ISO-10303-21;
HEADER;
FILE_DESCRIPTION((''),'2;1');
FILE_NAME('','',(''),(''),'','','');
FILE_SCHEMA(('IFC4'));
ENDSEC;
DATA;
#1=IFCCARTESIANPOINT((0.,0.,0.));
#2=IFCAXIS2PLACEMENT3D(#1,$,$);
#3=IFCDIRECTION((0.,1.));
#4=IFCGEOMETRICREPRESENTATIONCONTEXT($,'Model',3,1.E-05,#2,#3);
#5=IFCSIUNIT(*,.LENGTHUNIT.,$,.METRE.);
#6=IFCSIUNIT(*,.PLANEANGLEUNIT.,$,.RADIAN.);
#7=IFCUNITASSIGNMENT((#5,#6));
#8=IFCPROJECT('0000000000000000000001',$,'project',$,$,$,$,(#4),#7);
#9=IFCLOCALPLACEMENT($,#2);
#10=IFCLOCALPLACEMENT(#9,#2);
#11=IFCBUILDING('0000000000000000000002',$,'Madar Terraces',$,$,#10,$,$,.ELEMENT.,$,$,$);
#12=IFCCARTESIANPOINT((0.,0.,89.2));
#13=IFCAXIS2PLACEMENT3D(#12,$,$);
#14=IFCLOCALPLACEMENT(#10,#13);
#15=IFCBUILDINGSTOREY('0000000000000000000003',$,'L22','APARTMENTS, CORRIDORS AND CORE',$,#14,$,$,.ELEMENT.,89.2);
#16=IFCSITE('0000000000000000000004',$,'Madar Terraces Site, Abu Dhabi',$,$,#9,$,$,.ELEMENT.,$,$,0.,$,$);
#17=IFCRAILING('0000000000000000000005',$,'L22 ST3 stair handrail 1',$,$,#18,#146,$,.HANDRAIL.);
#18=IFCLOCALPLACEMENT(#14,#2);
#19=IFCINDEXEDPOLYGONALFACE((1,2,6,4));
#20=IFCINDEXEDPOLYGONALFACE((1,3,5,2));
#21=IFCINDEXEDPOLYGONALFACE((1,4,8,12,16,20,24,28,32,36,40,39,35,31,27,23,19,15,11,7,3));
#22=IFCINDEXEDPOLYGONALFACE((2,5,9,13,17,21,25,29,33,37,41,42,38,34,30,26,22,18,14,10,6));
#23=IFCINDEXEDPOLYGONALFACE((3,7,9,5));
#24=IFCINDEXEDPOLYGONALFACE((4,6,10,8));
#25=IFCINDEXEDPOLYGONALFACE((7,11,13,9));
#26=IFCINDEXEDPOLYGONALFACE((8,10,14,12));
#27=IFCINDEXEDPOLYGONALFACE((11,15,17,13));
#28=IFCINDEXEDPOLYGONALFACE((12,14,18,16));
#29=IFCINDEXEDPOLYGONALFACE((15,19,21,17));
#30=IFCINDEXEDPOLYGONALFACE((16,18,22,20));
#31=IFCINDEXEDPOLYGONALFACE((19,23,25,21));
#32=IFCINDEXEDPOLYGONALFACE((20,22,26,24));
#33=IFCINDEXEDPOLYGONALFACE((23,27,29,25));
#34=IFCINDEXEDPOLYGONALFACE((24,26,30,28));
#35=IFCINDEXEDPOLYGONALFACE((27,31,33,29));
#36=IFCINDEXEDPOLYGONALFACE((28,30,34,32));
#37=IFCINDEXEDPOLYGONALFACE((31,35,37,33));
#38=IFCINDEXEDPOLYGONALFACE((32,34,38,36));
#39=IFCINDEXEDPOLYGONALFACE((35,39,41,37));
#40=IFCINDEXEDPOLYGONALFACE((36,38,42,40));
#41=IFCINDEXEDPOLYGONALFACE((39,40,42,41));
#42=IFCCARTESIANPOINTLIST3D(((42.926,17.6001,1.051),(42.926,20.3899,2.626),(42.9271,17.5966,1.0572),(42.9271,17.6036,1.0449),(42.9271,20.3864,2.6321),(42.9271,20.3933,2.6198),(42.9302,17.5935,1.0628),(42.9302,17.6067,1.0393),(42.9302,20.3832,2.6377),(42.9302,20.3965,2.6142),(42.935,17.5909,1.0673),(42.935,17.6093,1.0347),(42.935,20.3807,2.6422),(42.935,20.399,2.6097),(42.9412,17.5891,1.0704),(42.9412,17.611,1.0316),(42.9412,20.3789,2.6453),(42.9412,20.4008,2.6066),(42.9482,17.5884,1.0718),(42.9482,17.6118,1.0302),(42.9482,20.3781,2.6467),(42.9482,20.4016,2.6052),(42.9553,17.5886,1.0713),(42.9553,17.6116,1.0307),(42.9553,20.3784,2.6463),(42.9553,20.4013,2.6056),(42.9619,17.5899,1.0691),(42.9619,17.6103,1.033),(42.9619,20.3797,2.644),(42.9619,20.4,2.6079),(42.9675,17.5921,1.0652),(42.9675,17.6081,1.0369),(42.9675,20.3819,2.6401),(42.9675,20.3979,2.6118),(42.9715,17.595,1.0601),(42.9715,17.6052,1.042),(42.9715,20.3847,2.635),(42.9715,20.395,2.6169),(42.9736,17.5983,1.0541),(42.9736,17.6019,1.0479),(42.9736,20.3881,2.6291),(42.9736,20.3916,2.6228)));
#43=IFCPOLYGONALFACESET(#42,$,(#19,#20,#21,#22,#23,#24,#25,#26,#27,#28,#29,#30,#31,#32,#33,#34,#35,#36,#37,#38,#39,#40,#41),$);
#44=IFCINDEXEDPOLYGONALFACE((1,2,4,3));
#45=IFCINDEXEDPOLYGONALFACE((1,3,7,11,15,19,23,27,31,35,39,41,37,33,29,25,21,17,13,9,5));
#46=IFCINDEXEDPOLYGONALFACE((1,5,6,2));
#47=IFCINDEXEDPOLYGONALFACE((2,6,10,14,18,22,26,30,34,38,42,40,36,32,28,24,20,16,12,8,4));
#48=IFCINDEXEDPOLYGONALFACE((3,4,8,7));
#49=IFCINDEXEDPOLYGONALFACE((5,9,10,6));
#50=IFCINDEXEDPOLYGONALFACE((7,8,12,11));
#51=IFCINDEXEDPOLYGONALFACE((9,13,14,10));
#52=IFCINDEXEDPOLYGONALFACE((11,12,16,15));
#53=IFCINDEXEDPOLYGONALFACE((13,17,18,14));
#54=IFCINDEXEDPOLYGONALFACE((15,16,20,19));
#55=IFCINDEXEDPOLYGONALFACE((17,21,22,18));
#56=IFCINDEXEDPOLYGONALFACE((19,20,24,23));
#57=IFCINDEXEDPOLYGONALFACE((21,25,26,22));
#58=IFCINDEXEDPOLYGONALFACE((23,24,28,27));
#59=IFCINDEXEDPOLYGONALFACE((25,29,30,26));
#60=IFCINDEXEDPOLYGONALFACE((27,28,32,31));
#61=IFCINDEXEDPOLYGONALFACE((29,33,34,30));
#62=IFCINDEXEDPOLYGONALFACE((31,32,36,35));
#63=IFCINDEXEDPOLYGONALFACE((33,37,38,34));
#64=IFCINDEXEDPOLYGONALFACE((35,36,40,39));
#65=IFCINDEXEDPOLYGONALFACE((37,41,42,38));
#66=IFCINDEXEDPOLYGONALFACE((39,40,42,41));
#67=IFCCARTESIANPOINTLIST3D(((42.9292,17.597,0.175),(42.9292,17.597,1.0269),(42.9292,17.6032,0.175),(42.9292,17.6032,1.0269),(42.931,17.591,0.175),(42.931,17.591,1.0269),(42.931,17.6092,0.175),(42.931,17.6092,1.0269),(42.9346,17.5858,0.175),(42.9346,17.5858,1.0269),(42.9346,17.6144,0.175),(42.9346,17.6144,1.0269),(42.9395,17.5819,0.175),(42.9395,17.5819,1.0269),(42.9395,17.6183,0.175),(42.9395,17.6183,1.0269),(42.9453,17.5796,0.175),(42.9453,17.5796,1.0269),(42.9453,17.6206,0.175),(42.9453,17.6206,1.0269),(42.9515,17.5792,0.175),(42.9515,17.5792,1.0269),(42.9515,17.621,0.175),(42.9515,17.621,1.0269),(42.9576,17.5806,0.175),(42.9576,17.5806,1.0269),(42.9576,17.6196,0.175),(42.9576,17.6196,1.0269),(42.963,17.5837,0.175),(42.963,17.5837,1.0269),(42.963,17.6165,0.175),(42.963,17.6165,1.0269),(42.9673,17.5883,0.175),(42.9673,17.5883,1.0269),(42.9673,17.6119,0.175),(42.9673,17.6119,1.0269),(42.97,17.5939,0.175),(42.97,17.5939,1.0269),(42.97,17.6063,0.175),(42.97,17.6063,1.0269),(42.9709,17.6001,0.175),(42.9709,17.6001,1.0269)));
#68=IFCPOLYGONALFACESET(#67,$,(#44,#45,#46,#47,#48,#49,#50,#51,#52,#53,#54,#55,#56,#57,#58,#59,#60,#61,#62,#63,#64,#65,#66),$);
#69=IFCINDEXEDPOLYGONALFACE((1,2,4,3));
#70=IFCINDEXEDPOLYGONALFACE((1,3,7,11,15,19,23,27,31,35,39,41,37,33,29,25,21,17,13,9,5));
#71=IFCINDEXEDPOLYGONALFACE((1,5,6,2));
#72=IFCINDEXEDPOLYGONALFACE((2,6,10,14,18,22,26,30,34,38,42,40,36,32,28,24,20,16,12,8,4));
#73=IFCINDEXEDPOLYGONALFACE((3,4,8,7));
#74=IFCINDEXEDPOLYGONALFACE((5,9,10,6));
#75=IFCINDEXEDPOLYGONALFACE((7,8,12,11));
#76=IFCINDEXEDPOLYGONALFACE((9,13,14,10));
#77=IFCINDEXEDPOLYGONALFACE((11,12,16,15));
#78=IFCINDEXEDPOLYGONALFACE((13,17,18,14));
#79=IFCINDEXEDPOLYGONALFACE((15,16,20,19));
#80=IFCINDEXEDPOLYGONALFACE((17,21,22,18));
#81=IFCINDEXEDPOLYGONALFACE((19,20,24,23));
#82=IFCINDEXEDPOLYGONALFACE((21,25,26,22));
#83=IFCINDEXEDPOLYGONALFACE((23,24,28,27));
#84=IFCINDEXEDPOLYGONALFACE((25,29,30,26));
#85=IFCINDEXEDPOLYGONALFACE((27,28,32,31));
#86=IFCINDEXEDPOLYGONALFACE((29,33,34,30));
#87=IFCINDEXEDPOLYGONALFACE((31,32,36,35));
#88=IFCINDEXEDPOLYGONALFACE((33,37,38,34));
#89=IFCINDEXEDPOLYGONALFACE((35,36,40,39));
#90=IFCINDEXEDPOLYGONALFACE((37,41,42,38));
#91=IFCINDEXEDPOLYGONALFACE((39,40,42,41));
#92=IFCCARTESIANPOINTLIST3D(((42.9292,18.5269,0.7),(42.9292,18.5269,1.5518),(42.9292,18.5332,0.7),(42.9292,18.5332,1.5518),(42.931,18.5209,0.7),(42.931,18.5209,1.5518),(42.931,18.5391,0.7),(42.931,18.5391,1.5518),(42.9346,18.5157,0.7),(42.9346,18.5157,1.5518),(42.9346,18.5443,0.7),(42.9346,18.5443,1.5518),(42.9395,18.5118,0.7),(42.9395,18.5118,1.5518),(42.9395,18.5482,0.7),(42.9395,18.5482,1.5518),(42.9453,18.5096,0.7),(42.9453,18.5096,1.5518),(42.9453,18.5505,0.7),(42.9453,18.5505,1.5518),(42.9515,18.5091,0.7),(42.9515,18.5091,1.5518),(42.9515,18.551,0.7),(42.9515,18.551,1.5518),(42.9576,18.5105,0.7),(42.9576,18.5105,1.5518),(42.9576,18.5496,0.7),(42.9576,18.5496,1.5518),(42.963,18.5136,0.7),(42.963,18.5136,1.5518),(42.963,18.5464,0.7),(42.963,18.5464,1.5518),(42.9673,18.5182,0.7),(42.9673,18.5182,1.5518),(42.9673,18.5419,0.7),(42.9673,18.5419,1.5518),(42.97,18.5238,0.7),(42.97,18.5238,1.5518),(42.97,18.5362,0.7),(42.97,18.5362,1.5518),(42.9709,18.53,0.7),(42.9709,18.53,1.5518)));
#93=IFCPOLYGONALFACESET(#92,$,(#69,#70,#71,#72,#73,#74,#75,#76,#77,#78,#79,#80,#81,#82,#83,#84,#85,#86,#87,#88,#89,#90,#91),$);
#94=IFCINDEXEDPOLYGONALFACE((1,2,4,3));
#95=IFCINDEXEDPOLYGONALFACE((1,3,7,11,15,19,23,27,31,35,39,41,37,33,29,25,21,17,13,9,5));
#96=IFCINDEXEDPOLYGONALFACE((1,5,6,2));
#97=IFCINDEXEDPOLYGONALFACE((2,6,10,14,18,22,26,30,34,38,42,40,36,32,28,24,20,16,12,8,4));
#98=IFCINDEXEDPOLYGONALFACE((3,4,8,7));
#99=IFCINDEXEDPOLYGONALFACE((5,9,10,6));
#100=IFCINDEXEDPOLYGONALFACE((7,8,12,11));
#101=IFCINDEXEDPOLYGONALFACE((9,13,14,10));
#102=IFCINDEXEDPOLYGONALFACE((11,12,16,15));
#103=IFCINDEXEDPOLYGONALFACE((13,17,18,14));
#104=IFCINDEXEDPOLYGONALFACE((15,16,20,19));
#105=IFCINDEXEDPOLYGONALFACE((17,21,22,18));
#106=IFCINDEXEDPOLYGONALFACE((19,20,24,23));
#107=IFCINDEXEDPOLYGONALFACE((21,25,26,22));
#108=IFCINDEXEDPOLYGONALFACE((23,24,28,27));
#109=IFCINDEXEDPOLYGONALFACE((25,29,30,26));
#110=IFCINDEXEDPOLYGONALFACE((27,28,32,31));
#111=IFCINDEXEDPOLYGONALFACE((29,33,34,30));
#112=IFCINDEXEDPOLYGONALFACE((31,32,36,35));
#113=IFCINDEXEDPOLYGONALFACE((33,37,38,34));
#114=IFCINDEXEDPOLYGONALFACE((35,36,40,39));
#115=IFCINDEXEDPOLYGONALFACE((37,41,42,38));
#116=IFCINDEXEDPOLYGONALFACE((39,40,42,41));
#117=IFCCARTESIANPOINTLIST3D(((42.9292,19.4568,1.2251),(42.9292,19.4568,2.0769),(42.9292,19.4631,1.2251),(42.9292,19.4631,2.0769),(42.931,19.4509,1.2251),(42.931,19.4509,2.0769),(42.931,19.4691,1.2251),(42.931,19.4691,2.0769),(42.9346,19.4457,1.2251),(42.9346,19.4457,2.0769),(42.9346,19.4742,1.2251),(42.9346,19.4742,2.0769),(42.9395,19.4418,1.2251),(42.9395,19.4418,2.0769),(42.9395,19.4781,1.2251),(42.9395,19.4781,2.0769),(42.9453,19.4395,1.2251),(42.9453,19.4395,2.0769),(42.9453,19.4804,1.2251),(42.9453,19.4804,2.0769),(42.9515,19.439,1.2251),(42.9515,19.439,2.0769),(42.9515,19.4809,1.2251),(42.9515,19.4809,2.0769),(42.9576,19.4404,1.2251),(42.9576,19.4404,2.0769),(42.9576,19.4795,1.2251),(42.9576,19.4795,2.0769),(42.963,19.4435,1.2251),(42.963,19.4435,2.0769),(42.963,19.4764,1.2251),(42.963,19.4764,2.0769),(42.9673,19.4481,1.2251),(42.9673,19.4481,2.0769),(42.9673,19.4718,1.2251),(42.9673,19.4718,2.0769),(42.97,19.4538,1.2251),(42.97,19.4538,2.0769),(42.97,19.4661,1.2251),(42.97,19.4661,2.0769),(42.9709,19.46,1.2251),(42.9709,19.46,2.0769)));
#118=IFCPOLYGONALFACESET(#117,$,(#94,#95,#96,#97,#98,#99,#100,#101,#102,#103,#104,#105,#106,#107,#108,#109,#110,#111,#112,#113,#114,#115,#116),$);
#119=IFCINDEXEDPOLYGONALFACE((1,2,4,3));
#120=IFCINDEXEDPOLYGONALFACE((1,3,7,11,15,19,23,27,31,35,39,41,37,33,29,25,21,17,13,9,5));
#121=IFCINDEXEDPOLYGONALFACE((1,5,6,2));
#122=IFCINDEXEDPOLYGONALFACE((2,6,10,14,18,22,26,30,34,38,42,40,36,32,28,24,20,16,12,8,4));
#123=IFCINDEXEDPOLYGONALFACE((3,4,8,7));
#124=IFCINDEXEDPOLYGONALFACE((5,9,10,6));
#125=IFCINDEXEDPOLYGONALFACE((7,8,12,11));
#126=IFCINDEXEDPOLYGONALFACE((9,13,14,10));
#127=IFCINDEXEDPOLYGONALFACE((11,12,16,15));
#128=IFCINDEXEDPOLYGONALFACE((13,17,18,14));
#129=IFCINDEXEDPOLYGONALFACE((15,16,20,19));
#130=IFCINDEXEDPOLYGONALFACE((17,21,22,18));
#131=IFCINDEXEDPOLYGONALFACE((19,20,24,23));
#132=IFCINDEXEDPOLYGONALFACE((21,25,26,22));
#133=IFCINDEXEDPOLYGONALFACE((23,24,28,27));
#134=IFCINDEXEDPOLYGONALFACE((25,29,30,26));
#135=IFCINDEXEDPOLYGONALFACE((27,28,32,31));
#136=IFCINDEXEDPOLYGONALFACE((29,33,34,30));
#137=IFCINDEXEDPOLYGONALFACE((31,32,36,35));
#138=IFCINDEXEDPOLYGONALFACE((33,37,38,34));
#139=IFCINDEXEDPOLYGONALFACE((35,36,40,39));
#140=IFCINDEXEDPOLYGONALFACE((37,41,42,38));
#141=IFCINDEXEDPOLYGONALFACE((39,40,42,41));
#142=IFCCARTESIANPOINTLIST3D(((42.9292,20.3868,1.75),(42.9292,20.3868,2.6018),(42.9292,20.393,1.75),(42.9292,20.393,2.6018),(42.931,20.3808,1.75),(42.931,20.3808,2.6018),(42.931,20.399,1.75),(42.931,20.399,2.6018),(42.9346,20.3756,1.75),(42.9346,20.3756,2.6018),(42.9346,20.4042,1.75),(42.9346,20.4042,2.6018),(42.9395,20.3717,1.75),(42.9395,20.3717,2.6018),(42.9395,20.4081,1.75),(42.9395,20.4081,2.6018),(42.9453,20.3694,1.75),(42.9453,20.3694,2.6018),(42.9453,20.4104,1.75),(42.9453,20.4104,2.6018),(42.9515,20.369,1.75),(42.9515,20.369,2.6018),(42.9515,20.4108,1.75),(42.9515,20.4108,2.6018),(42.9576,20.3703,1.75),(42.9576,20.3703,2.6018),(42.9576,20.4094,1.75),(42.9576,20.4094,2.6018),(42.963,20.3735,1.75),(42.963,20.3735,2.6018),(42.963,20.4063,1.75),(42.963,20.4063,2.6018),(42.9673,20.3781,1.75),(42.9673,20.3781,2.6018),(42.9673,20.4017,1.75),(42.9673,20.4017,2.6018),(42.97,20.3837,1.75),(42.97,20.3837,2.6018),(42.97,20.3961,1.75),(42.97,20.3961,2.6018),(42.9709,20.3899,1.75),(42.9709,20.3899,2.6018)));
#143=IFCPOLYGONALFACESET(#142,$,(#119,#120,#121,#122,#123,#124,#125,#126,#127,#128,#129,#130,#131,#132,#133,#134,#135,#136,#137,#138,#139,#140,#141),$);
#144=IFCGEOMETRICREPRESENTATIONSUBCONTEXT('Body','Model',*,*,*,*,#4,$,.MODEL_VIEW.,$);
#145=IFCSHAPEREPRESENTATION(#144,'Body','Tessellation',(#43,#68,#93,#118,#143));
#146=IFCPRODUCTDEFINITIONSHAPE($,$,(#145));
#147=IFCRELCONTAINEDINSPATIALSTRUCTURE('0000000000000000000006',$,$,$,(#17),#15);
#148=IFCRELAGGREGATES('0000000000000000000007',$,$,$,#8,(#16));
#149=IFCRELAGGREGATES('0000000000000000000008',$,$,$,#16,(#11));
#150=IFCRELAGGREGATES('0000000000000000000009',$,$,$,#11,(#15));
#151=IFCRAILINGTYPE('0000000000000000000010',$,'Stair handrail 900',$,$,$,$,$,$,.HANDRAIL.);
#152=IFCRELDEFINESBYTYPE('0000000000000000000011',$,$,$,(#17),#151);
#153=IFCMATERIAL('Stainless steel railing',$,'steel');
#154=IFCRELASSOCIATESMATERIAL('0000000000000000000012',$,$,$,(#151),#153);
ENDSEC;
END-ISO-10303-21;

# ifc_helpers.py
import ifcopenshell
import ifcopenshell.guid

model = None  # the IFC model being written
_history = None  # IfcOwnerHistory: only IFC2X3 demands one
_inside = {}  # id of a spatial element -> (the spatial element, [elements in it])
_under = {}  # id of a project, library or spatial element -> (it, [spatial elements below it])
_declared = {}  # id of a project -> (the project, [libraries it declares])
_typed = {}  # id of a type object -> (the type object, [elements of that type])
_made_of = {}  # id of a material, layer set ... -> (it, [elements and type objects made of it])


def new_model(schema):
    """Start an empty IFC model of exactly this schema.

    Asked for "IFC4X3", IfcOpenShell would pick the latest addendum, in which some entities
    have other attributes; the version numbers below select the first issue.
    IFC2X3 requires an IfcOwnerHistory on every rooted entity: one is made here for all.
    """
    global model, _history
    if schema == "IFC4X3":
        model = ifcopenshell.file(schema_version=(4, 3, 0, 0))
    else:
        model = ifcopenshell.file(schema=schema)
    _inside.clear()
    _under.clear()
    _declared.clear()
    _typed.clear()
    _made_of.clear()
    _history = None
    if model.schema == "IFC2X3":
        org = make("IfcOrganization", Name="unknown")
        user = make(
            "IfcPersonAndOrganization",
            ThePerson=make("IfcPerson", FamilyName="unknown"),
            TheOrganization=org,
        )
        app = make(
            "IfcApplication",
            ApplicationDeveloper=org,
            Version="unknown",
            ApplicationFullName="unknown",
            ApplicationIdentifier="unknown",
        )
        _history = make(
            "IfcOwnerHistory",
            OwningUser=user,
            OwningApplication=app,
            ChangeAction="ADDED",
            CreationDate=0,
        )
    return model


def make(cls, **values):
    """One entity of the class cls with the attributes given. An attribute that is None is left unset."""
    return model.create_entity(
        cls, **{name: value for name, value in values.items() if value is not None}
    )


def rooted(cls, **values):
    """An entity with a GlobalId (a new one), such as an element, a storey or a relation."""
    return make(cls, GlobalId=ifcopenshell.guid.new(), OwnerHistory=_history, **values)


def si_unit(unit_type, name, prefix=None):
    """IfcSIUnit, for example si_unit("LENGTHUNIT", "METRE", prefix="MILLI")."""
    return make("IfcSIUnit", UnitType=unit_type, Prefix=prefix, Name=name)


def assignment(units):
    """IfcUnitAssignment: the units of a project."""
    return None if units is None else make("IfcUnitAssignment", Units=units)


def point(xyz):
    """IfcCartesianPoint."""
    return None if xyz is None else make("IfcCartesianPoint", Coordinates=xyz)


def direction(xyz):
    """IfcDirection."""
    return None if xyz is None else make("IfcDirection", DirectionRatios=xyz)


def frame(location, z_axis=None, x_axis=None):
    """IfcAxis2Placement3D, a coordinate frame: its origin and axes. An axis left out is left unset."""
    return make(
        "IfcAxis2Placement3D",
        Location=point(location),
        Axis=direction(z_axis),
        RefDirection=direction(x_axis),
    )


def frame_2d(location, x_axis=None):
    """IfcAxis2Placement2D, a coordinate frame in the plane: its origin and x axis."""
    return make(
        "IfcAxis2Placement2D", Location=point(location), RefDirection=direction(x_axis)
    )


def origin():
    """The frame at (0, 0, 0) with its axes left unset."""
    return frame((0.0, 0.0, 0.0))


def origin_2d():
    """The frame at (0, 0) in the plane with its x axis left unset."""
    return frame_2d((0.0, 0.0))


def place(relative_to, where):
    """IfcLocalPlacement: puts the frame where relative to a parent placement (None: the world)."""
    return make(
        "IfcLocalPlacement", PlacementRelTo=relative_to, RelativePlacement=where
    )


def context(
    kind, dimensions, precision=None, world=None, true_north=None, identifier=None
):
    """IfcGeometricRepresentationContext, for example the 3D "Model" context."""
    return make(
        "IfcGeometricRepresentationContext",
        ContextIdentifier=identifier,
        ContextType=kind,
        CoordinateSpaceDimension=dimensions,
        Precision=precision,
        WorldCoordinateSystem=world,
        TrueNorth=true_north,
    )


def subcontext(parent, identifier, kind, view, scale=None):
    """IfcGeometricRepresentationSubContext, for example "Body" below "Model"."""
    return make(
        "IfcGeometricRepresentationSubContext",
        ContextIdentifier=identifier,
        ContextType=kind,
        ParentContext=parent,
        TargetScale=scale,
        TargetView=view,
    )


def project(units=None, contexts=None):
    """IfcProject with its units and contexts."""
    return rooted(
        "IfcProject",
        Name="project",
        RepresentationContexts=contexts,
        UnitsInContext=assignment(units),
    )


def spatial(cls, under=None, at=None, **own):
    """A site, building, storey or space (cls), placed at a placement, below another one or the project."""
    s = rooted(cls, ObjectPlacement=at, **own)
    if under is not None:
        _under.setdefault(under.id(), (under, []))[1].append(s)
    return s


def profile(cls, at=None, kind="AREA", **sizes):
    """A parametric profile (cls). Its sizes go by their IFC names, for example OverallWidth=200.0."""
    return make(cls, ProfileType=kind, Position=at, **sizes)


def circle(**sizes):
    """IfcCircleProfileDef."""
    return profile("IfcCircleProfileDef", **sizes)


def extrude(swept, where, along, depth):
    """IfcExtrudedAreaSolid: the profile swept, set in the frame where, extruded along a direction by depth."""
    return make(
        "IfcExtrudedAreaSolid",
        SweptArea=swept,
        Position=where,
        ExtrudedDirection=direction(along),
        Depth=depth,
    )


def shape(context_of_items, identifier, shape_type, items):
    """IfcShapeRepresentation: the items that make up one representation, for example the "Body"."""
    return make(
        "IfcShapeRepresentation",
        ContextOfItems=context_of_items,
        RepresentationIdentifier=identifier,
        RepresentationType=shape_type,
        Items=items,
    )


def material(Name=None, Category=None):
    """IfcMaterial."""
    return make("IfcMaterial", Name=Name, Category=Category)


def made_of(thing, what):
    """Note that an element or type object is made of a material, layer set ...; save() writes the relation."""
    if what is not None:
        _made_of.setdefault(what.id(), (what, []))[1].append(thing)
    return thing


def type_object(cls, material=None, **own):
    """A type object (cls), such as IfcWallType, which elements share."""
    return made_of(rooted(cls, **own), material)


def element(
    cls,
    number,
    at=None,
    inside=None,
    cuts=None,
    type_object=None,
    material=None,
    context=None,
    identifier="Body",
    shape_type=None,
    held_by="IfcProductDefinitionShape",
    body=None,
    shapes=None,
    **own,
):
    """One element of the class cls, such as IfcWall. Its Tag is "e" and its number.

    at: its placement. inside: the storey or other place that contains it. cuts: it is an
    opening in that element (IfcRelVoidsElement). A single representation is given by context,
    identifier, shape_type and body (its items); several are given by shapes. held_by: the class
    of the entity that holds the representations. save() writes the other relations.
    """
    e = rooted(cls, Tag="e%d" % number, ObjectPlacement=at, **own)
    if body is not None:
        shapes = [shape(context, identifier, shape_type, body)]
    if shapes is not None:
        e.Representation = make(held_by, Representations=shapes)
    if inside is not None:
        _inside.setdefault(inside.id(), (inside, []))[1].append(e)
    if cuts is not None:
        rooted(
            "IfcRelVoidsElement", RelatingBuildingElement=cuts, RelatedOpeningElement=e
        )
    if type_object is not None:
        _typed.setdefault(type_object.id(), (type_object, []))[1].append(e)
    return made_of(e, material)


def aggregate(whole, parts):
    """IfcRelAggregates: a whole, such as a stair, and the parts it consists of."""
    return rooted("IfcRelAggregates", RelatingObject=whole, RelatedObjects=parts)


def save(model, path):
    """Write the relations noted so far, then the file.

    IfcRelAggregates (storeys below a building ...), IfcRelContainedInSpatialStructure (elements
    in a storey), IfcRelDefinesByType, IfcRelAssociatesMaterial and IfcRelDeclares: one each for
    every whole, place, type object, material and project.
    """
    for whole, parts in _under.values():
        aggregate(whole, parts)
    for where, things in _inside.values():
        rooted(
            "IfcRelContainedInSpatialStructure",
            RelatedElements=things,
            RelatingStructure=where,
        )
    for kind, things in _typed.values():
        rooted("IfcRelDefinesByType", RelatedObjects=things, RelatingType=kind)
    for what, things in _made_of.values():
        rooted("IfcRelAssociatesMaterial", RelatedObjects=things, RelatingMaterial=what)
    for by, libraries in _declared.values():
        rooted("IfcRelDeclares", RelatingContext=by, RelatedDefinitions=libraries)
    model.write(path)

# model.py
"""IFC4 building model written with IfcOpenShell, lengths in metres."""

from ifc_helpers import new_model, si_unit, direction, frame, origin, origin_2d, place, context, subcontext, project, spatial, circle, extrude, material, type_object, element, save


model = new_model("IFC4")

# Units and contexts
model_context = context("Model", 3, precision=1e-05, world=origin(), true_north=direction((0.0, 1.0)))
body_context = subcontext(model_context, "Body", "Model", "MODEL_VIEW")
ifc_project = project(units=[si_unit("LENGTHUNIT", "METRE"), si_unit("PLANEANGLEUNIT", "RADIAN")], contexts=[model_context])

# Site, building, storey
site_placement = place(None, origin())
site = spatial("IfcSite", under=ifc_project, at=site_placement, Name="Madar Terraces Site, Abu Dhabi", CompositionType="ELEMENT", RefElevation=0.0)
building_placement = place(site_placement, origin())
building = spatial("IfcBuilding", under=site, at=building_placement, Name="Madar Terraces", CompositionType="ELEMENT")
storey_placement = place(building_placement, frame((0.0, 0.0, 89.2)))
storey = spatial("IfcBuildingStorey", under=building, at=storey_placement, Name="L22", Description="APARTMENTS, CORRIDORS AND CORE", CompositionType="ELEMENT", Elevation=89.2)

# Railing
ifc_material_1 = material(Name="Stainless steel railing", Category="steel")
railing_type_1 = type_object("IfcRailingType", Name="Stair handrail 900", PredefinedType="HANDRAIL", material=ifc_material_1)
railing_1_placement = place(storey_placement, frame((42.95, 17.6001, 0.175)))
element("IfcRailing", 1, at=railing_1_placement, inside=storey, type_object=railing_type_1, Name="L22 ST3 stair handrail 1", PredefinedType="HANDRAIL", context=body_context, shape_type="SweptSolid", body=[
    extrude(circle(Radius=0.0239, at=origin_2d()), frame((0.0, 0.0, 0.876), z_axis=(0.0, 0.870815, 0.49161), x_axis=(-1.0, 0.0, 0.0)), (0.0, 0.0, 1.0), 3.2036),
    extrude(circle(Radius=0.021, at=origin_2d()), origin(), (0.0, 0.0, 1.0), 0.8518),
    extrude(circle(Radius=0.021, at=origin_2d()), frame((0.0, 0.9299, 0.5249)), (0.0, 0.0, 1.0), 0.8518),
    extrude(circle(Radius=0.021, at=origin_2d()), frame((0.0, 1.8599, 1.05)), (0.0, 0.0, 1.0), 0.8518),
    extrude(circle(Radius=0.021, at=origin_2d()), frame((0.0, 2.7898, 1.575)), (0.0, 0.0, 1.0), 0.8518),
])

save(model, "model.ifc")
